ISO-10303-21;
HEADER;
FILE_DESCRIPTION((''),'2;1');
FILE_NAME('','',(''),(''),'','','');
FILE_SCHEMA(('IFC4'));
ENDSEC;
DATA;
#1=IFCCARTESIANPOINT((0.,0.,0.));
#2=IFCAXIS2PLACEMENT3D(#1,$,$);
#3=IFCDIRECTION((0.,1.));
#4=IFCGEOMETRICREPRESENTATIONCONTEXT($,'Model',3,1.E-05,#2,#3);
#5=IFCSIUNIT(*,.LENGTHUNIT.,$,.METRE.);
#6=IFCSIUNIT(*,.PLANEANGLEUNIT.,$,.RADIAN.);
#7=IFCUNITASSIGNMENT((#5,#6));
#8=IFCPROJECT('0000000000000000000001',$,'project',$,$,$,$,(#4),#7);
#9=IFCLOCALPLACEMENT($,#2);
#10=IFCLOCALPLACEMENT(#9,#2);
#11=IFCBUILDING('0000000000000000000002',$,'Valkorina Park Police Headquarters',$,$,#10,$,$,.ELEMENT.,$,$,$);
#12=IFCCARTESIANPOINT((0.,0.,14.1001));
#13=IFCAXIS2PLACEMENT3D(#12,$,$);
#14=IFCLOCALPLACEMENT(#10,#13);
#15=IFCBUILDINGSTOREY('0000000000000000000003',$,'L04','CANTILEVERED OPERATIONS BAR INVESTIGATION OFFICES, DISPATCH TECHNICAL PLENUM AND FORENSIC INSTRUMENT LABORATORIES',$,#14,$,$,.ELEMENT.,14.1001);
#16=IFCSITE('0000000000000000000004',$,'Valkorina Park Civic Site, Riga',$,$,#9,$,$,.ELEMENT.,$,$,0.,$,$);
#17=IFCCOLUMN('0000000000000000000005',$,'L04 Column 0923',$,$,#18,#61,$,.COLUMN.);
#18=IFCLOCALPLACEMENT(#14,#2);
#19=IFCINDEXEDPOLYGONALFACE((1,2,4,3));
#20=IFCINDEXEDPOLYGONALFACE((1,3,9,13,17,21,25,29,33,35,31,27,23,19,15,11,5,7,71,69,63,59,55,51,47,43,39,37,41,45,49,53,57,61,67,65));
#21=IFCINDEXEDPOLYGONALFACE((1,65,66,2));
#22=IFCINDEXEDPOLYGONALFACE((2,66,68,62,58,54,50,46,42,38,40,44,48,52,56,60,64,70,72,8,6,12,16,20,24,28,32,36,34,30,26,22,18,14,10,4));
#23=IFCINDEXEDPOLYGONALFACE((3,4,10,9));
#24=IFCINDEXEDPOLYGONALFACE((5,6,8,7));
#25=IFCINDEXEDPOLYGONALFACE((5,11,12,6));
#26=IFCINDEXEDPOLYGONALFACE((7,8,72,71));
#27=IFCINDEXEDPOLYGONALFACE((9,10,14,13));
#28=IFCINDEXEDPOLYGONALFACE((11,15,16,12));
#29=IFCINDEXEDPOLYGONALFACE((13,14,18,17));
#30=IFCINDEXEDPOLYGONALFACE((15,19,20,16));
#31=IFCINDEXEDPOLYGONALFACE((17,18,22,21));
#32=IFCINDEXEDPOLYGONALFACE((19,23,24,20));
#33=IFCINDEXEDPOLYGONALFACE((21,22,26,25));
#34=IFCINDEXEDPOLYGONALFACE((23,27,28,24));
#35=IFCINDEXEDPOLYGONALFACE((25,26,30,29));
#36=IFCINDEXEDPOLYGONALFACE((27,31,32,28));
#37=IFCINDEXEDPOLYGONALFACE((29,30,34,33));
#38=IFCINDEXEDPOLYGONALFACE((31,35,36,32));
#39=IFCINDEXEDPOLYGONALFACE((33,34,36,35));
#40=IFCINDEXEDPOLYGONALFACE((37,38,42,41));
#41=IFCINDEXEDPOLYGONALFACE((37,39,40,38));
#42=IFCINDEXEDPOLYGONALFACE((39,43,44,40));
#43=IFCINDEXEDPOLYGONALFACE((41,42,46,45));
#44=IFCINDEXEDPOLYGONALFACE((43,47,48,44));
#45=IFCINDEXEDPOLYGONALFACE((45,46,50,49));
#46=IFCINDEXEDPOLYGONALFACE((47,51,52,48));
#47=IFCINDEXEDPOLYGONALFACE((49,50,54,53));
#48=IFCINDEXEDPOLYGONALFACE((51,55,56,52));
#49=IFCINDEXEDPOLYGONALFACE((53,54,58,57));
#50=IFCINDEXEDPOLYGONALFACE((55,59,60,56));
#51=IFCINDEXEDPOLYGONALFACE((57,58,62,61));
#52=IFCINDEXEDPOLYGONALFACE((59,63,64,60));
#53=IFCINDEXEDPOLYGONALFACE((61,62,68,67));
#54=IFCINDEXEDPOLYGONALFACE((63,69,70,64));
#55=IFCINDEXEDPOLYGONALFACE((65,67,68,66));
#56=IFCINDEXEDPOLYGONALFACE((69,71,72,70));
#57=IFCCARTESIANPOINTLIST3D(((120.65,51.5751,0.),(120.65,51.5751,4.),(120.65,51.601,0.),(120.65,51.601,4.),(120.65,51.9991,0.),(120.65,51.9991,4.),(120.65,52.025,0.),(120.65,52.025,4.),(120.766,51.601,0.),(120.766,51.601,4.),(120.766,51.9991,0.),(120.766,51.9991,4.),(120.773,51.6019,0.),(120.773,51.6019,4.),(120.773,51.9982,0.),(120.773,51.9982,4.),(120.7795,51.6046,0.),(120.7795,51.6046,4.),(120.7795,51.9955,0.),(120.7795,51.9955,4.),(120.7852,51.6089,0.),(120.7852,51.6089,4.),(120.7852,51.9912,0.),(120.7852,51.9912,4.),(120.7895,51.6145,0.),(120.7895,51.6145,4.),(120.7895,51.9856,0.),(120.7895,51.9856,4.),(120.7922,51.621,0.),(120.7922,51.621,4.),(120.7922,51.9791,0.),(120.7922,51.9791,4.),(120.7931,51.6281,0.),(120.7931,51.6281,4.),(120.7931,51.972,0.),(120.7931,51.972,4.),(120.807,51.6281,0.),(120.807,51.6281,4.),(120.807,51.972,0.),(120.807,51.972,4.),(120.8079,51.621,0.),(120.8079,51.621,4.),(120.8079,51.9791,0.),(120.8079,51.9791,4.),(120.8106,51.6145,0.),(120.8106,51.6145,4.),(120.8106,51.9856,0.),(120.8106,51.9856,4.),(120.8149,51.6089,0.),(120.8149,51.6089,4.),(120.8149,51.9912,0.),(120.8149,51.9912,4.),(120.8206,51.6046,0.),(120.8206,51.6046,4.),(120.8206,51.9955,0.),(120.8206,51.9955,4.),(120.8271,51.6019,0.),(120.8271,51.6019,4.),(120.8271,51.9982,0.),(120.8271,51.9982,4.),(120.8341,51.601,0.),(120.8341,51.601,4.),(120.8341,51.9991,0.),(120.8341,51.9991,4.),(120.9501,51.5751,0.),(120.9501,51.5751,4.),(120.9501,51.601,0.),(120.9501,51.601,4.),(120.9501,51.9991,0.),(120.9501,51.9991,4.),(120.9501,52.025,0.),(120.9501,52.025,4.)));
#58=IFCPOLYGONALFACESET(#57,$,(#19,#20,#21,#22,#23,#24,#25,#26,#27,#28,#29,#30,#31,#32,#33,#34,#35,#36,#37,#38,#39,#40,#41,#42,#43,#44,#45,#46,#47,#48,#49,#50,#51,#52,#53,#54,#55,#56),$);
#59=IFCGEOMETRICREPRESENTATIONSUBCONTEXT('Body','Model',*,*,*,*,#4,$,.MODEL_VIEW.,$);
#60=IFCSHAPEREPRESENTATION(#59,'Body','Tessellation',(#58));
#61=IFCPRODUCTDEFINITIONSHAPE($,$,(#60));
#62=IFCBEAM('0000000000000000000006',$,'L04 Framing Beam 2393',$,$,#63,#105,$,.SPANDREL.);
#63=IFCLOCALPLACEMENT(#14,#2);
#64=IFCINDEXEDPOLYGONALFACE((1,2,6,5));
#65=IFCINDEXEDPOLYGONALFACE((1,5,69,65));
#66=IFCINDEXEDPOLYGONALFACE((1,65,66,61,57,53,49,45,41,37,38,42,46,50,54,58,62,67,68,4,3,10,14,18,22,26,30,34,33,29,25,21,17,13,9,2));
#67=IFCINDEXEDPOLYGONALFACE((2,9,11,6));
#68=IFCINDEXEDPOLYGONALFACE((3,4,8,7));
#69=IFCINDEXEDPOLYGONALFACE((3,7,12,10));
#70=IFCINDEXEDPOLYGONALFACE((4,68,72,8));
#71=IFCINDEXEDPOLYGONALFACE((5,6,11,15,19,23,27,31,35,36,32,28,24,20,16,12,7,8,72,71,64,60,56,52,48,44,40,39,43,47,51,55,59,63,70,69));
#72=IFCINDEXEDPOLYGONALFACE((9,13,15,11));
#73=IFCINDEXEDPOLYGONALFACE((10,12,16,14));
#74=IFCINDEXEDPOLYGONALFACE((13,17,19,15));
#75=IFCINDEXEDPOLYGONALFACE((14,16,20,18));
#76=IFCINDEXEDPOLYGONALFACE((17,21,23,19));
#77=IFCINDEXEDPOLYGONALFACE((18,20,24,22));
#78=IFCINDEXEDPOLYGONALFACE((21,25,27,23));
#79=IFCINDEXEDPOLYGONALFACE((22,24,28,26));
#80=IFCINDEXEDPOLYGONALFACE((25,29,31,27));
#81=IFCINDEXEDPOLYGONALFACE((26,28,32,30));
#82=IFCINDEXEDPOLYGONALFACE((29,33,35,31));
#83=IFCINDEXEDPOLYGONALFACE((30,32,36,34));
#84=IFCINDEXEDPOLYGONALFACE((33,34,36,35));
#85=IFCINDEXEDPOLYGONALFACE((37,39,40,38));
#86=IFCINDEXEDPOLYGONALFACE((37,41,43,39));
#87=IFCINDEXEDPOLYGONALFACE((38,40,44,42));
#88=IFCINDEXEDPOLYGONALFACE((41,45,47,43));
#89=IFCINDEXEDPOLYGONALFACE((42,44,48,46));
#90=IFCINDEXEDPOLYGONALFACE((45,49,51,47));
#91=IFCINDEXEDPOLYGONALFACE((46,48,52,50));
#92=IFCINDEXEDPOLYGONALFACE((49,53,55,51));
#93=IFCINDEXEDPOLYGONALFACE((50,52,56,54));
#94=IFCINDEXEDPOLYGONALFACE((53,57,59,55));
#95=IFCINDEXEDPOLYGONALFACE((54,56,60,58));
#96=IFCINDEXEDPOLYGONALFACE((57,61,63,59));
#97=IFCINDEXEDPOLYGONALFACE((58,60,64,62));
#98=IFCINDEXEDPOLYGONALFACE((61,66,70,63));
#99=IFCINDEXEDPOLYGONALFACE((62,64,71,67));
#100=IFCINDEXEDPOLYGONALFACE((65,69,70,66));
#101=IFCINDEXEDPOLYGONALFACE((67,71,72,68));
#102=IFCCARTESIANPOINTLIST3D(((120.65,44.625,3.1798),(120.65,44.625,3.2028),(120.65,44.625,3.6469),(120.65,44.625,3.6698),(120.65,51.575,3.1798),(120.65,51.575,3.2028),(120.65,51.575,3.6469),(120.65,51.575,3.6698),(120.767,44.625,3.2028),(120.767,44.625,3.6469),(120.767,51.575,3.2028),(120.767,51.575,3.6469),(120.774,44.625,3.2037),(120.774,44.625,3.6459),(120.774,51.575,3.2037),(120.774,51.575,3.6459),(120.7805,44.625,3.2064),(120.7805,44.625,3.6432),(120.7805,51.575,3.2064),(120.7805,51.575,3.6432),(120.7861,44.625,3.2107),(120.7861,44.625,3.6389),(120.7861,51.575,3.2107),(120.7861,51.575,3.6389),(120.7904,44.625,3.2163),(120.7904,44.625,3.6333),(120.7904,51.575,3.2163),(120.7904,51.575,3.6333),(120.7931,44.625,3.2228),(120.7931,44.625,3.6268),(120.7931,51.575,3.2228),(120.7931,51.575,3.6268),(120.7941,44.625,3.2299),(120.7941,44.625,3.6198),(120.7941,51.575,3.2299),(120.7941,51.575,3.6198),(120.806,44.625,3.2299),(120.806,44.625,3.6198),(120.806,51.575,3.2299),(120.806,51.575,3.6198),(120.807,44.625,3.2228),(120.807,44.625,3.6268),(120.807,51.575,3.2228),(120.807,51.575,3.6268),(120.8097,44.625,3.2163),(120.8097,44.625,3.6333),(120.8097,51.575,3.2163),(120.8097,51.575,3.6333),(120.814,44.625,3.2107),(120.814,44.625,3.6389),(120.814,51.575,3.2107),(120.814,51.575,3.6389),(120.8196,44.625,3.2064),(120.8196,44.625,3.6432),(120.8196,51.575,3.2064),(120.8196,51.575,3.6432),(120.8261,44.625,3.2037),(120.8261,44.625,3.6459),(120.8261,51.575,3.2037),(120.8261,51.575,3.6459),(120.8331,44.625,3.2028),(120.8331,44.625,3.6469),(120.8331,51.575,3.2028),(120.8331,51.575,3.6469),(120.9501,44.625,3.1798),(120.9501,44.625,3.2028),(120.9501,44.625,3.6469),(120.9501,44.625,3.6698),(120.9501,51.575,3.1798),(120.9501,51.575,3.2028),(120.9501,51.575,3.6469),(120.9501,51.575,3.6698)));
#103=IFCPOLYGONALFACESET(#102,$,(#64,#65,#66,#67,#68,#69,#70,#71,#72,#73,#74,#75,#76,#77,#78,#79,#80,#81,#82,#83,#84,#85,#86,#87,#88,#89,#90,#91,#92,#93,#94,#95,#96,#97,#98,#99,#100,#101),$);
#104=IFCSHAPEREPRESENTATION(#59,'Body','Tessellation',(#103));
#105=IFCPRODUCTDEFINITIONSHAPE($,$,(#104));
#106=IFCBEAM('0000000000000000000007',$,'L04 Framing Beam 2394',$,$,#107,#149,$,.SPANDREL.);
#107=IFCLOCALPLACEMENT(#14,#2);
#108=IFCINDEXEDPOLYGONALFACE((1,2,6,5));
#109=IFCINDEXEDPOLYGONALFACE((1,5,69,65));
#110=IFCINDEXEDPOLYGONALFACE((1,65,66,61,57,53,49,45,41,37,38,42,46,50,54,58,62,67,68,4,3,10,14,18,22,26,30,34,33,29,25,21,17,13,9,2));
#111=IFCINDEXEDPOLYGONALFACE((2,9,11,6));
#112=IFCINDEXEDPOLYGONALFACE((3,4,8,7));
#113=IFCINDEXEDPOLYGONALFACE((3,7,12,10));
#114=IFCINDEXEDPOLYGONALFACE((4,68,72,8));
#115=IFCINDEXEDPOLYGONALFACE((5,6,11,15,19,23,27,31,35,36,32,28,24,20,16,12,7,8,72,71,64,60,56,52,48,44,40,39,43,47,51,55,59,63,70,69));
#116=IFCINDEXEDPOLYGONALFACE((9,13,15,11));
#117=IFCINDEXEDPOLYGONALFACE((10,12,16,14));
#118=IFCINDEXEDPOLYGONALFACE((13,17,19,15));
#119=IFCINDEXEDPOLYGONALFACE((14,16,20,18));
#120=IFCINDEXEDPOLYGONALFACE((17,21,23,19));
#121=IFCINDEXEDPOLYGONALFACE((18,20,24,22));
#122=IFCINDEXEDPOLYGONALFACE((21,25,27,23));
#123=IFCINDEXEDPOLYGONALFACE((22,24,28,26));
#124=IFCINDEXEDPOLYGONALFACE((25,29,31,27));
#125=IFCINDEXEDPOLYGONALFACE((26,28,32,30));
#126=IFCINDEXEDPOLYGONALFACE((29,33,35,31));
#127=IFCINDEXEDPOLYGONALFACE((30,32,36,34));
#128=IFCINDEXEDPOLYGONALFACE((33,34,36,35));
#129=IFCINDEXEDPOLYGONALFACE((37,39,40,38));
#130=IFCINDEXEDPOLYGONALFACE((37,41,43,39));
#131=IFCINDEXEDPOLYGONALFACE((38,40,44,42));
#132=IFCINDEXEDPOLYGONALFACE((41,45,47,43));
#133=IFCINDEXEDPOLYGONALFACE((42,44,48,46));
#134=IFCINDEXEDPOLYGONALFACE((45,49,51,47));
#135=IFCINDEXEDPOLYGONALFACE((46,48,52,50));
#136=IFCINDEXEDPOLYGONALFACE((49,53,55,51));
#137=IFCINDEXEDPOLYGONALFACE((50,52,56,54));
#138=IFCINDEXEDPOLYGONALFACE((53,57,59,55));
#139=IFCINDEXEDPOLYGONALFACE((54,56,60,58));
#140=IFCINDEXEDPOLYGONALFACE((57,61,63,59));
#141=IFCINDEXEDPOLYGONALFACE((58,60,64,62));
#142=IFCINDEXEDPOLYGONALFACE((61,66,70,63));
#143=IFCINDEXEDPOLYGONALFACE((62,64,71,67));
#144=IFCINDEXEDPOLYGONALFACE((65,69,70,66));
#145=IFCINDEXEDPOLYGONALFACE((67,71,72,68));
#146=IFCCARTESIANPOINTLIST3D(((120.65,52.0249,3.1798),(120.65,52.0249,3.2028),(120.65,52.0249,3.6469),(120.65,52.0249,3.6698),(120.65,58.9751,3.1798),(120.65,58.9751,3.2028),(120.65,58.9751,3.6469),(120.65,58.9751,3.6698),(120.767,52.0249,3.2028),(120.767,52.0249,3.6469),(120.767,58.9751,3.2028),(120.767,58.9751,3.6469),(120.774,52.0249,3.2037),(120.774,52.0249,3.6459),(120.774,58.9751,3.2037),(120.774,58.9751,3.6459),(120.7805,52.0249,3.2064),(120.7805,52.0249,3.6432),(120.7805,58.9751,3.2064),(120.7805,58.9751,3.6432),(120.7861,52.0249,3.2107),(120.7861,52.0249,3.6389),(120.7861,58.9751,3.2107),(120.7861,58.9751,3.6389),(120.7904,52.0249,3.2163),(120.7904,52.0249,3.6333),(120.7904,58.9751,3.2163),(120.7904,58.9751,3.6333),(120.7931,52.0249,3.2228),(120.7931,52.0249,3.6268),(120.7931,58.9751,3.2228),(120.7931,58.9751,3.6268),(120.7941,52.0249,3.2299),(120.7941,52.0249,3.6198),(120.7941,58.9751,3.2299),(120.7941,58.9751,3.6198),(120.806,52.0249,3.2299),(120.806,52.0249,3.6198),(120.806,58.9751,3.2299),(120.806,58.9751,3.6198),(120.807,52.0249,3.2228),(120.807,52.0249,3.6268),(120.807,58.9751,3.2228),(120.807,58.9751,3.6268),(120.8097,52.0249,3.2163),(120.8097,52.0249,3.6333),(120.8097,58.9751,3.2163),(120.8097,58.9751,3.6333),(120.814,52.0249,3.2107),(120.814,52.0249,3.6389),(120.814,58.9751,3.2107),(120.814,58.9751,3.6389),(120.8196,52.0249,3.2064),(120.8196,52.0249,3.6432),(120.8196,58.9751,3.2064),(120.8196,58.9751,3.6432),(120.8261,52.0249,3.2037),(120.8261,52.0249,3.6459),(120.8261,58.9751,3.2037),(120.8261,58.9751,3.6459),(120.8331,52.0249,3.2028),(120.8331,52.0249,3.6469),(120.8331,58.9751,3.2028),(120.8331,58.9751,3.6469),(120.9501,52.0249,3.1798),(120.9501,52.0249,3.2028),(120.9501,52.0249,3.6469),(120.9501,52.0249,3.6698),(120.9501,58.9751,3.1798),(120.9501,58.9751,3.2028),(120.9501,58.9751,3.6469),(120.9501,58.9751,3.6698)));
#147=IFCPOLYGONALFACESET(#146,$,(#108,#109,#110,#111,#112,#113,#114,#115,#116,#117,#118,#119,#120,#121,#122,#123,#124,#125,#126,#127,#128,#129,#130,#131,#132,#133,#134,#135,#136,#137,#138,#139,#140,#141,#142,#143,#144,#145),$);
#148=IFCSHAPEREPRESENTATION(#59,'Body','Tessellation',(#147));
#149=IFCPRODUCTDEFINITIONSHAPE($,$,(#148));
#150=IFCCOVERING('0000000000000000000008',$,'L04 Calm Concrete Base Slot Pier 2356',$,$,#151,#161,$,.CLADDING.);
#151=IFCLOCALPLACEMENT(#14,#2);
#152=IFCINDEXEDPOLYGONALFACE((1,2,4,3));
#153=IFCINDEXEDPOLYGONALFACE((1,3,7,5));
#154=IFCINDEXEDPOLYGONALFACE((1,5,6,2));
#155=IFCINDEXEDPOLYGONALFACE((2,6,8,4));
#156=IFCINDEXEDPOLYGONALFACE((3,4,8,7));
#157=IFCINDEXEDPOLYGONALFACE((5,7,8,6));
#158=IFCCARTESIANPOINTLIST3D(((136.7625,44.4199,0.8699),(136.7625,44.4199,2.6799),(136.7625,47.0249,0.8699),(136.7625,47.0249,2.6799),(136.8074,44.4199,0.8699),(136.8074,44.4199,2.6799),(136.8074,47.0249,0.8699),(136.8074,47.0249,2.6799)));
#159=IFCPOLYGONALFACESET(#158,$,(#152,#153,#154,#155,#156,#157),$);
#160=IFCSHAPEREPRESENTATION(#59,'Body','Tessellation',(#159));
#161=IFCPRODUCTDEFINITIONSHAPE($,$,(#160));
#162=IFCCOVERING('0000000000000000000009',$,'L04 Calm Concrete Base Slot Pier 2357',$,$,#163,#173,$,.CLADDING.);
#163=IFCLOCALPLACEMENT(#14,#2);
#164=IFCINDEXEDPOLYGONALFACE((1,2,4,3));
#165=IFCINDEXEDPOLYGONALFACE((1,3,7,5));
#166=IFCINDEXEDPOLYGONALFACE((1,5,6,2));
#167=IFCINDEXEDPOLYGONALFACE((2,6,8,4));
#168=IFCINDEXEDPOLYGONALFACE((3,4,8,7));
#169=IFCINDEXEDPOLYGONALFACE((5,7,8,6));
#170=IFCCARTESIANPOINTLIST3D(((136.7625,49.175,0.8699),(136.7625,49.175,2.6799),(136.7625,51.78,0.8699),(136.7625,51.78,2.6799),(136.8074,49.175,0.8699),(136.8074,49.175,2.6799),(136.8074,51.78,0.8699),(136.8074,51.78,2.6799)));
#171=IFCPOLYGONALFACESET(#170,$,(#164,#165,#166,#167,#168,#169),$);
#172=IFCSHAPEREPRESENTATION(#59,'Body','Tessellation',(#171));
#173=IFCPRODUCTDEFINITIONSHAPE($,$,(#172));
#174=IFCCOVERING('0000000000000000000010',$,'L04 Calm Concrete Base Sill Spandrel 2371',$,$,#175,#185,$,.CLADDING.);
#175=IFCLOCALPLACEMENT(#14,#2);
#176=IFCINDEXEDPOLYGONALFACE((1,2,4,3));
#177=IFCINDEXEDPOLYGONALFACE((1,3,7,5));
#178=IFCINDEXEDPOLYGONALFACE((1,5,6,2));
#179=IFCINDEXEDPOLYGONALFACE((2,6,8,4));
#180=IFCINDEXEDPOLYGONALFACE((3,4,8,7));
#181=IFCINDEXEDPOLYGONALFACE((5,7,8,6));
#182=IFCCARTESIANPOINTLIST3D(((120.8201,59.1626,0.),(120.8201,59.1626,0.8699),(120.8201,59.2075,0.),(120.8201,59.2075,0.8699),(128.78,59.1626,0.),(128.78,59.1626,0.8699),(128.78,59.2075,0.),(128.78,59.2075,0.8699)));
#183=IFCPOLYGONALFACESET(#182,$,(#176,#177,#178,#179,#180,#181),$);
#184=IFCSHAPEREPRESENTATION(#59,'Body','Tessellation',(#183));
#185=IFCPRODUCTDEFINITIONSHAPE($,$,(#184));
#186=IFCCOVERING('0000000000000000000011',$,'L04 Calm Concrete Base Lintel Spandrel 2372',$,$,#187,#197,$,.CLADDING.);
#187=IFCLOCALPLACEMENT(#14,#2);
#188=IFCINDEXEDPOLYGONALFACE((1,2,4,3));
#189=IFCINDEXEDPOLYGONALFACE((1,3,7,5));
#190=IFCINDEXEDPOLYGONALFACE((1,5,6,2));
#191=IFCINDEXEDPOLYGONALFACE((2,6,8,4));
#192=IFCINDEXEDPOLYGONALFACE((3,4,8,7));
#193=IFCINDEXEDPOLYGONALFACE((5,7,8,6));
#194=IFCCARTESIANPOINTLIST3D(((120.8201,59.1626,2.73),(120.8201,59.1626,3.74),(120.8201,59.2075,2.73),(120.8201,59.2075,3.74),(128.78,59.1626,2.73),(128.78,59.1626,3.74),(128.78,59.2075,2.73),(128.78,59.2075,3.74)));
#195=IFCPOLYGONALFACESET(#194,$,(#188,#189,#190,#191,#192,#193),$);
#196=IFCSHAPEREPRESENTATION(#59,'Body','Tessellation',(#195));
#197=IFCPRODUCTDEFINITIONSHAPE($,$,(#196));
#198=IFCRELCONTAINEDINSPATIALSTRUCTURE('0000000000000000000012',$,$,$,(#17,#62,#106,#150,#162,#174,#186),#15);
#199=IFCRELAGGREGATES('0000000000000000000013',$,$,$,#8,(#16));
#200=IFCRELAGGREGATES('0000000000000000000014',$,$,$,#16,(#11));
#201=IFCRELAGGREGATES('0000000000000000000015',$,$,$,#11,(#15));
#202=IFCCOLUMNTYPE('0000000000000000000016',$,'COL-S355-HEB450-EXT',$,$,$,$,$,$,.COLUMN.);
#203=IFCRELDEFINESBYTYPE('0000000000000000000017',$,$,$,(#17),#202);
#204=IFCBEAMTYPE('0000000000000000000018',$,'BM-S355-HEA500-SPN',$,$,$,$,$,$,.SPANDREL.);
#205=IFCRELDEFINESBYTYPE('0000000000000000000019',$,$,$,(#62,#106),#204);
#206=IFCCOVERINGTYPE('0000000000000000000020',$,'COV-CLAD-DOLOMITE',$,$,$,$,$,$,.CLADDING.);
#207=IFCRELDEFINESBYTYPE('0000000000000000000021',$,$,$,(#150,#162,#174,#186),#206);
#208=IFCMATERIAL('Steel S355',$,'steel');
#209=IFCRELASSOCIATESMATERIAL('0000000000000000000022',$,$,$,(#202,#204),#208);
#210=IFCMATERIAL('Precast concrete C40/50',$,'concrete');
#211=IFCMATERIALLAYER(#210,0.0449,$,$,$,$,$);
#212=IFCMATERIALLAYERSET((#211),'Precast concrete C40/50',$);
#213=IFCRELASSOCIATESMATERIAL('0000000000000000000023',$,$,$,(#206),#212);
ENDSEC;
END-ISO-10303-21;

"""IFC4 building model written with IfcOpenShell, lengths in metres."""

from ifc_helpers import new_model, si_unit, direction, frame, frame_2d, origin, origin_2d, place, context, subcontext, project, spatial, rectangle, i_section, extrude, material, layer, layer_set, material_profile, profile_set, type_object, element, save


model = new_model("IFC4")

# Units and contexts
model_context = context("Model", 3, precision=1e-05, world=origin(), true_north=direction((0.0, 1.0)))
body_context = subcontext(model_context, "Body", "Model", "MODEL_VIEW")
ifc_project = project(units=[si_unit("LENGTHUNIT", "METRE"), si_unit("PLANEANGLEUNIT", "RADIAN")], contexts=[model_context])

# Site, building, storey
site_placement = place(None, origin())
site = spatial("IfcSite", under=ifc_project, at=site_placement, Name="Valkorina Park Civic Site, Riga", CompositionType="ELEMENT", RefElevation=0.0)
building_placement = place(site_placement, origin())
building = spatial("IfcBuilding", under=site, at=building_placement, Name="Valkorina Park Police Headquarters", CompositionType="ELEMENT")
storey_placement = place(building_placement, frame((0.0, 0.0, 14.1001)))
storey = spatial("IfcBuildingStorey", under=building, at=storey_placement, Name="L04", Description="CANTILEVERED OPERATIONS BAR INVESTIGATION OFFICES, DISPATCH TECHNICAL PLENUM AND FORENSIC INSTRUMENT LABORATORIES", CompositionType="ELEMENT", Elevation=14.1001)

# Column
ifc_material_1 = material(Name="Steel S355", Category="steel")
ifc_material_profile_1 = material_profile(ifc_material_1, i_section(OverallWidth=0.3, OverallDepth=0.45, WebThickness=0.0139, FlangeThickness=0.0259, FilletRadius=0.0271, at=origin_2d()), Name="HEB 450")
ifc_profile_set_1 = profile_set([ifc_material_profile_1], Name="Steel S355")
column_type = type_object("IfcColumnType", Name="COL-S355-HEB450-EXT", PredefinedType="COLUMN", material=ifc_profile_set_1)
column_placement = place(storey_placement, frame((120.8, 51.8, 0.0), z_axis=(0.0, 0.0, 1.0), x_axis=(1.0, 0.0, 0.0)))
element("IfcColumn", 1, at=column_placement, inside=storey, type_object=column_type, Name="L04 Column 0923", PredefinedType="COLUMN", context=body_context, shape_type="SweptSolid", body=[
    extrude(i_section(OverallWidth=0.3, OverallDepth=0.45, WebThickness=0.0139, FlangeThickness=0.0259, FilletRadius=0.0271, at=origin_2d()), origin(), (0.0, 0.0, 1.0), 4.0),
])

# Beams
ifc_material_profile_2 = material_profile(ifc_material_1, i_section(OverallWidth=0.3, OverallDepth=0.49, WebThickness=0.012, FlangeThickness=0.0229, FilletRadius=0.0271, at=origin_2d()), Name="HEA 500")
ifc_profile_set_2 = profile_set([ifc_material_profile_2], Name="Steel S355")
beam_type = type_object("IfcBeamType", Name="BM-S355-HEA500-SPN", PredefinedType="SPANDREL", material=ifc_profile_set_2)
beam_1_placement = place(storey_placement, frame((120.8, 44.625, 3.4248), z_axis=(0.0, 1.0, 0.0), x_axis=(-1.0, 0.0, 0.0)))
element("IfcBeam", 2, at=beam_1_placement, inside=storey, type_object=beam_type, Name="L04 Framing Beam 2393", PredefinedType="SPANDREL", context=body_context, shape_type="SweptSolid", body=[
    extrude(i_section(OverallWidth=0.3, OverallDepth=0.49, WebThickness=0.012, FlangeThickness=0.0229, FilletRadius=0.0271, at=origin_2d()), origin(), (0.0, 0.0, 1.0), 6.95),
])
beam_2_placement = place(storey_placement, frame((120.8, 52.0249, 3.4248), z_axis=(0.0, 1.0, 0.0), x_axis=(-1.0, 0.0, 0.0)))
element("IfcBeam", 3, at=beam_2_placement, inside=storey, type_object=beam_type, Name="L04 Framing Beam 2394", PredefinedType="SPANDREL", context=body_context, shape_type="SweptSolid", body=[
    extrude(i_section(OverallWidth=0.3, OverallDepth=0.49, WebThickness=0.012, FlangeThickness=0.0229, FilletRadius=0.0271, at=origin_2d()), origin(), (0.0, 0.0, 1.0), 6.9502),
])

# Coverings
ifc_material_2 = material(Name="Precast concrete C40/50", Category="concrete")
ifc_layer_1 = layer(ifc_material_2, 0.0449)
ifc_layer_set_1 = layer_set([ifc_layer_1], Name="Precast concrete C40/50")
covering_type_1 = type_object("IfcCoveringType", Name="COV-CLAD-DOLOMITE", PredefinedType="CLADDING", material=ifc_layer_set_1)
for number, where, z_axis, x_axis, name in (
    (4, (136.7849, 44.4199, 0.8699), (0.0, 0.0, 1.0), (0.0, 1.0, 0.0), "L04 Calm Concrete Base Slot Pier 2356"),
    (5, (136.7849, 49.175, 0.8699), (0.0, 0.0, 1.0), (0.0, 1.0, 0.0), "L04 Calm Concrete Base Slot Pier 2357"),
):
    element("IfcCovering", number, at=place(storey_placement, frame(where, z_axis=z_axis, x_axis=x_axis)), inside=storey, type_object=covering_type_1, Name=name, PredefinedType="CLADDING", context=body_context, shape_type="SweptSolid", body=[
        extrude(rectangle(XDim=2.605, YDim=0.0449, at=frame_2d((1.3025, 0.0))), origin(), (0.0, 0.0, 1.0), 1.8101),
    ])
covering_1_placement = place(storey_placement, frame((128.78, 59.1851, 0.0), z_axis=(0.0, 0.0, 1.0), x_axis=(-1.0, 0.0, 0.0)))
element("IfcCovering", 6, at=covering_1_placement, inside=storey, type_object=covering_type_1, Name="L04 Calm Concrete Base Sill Spandrel 2371", PredefinedType="CLADDING", context=body_context, shape_type="SweptSolid", body=[
    extrude(rectangle(XDim=7.96, YDim=0.0449, at=frame_2d((3.98, 0.0))), origin(), (0.0, 0.0, 1.0), 0.8699),
])
covering_2_placement = place(storey_placement, frame((128.78, 59.1851, 2.73), z_axis=(0.0, 0.0, 1.0), x_axis=(-1.0, 0.0, 0.0)))
element("IfcCovering", 7, at=covering_2_placement, inside=storey, type_object=covering_type_1, Name="L04 Calm Concrete Base Lintel Spandrel 2372", PredefinedType="CLADDING", context=body_context, shape_type="SweptSolid", body=[
    extrude(rectangle(XDim=7.96, YDim=0.0449, at=frame_2d((3.98, 0.0))), origin(), (0.0, 0.0, 1.0), 1.01),
])

save(model, "model.ifc")
